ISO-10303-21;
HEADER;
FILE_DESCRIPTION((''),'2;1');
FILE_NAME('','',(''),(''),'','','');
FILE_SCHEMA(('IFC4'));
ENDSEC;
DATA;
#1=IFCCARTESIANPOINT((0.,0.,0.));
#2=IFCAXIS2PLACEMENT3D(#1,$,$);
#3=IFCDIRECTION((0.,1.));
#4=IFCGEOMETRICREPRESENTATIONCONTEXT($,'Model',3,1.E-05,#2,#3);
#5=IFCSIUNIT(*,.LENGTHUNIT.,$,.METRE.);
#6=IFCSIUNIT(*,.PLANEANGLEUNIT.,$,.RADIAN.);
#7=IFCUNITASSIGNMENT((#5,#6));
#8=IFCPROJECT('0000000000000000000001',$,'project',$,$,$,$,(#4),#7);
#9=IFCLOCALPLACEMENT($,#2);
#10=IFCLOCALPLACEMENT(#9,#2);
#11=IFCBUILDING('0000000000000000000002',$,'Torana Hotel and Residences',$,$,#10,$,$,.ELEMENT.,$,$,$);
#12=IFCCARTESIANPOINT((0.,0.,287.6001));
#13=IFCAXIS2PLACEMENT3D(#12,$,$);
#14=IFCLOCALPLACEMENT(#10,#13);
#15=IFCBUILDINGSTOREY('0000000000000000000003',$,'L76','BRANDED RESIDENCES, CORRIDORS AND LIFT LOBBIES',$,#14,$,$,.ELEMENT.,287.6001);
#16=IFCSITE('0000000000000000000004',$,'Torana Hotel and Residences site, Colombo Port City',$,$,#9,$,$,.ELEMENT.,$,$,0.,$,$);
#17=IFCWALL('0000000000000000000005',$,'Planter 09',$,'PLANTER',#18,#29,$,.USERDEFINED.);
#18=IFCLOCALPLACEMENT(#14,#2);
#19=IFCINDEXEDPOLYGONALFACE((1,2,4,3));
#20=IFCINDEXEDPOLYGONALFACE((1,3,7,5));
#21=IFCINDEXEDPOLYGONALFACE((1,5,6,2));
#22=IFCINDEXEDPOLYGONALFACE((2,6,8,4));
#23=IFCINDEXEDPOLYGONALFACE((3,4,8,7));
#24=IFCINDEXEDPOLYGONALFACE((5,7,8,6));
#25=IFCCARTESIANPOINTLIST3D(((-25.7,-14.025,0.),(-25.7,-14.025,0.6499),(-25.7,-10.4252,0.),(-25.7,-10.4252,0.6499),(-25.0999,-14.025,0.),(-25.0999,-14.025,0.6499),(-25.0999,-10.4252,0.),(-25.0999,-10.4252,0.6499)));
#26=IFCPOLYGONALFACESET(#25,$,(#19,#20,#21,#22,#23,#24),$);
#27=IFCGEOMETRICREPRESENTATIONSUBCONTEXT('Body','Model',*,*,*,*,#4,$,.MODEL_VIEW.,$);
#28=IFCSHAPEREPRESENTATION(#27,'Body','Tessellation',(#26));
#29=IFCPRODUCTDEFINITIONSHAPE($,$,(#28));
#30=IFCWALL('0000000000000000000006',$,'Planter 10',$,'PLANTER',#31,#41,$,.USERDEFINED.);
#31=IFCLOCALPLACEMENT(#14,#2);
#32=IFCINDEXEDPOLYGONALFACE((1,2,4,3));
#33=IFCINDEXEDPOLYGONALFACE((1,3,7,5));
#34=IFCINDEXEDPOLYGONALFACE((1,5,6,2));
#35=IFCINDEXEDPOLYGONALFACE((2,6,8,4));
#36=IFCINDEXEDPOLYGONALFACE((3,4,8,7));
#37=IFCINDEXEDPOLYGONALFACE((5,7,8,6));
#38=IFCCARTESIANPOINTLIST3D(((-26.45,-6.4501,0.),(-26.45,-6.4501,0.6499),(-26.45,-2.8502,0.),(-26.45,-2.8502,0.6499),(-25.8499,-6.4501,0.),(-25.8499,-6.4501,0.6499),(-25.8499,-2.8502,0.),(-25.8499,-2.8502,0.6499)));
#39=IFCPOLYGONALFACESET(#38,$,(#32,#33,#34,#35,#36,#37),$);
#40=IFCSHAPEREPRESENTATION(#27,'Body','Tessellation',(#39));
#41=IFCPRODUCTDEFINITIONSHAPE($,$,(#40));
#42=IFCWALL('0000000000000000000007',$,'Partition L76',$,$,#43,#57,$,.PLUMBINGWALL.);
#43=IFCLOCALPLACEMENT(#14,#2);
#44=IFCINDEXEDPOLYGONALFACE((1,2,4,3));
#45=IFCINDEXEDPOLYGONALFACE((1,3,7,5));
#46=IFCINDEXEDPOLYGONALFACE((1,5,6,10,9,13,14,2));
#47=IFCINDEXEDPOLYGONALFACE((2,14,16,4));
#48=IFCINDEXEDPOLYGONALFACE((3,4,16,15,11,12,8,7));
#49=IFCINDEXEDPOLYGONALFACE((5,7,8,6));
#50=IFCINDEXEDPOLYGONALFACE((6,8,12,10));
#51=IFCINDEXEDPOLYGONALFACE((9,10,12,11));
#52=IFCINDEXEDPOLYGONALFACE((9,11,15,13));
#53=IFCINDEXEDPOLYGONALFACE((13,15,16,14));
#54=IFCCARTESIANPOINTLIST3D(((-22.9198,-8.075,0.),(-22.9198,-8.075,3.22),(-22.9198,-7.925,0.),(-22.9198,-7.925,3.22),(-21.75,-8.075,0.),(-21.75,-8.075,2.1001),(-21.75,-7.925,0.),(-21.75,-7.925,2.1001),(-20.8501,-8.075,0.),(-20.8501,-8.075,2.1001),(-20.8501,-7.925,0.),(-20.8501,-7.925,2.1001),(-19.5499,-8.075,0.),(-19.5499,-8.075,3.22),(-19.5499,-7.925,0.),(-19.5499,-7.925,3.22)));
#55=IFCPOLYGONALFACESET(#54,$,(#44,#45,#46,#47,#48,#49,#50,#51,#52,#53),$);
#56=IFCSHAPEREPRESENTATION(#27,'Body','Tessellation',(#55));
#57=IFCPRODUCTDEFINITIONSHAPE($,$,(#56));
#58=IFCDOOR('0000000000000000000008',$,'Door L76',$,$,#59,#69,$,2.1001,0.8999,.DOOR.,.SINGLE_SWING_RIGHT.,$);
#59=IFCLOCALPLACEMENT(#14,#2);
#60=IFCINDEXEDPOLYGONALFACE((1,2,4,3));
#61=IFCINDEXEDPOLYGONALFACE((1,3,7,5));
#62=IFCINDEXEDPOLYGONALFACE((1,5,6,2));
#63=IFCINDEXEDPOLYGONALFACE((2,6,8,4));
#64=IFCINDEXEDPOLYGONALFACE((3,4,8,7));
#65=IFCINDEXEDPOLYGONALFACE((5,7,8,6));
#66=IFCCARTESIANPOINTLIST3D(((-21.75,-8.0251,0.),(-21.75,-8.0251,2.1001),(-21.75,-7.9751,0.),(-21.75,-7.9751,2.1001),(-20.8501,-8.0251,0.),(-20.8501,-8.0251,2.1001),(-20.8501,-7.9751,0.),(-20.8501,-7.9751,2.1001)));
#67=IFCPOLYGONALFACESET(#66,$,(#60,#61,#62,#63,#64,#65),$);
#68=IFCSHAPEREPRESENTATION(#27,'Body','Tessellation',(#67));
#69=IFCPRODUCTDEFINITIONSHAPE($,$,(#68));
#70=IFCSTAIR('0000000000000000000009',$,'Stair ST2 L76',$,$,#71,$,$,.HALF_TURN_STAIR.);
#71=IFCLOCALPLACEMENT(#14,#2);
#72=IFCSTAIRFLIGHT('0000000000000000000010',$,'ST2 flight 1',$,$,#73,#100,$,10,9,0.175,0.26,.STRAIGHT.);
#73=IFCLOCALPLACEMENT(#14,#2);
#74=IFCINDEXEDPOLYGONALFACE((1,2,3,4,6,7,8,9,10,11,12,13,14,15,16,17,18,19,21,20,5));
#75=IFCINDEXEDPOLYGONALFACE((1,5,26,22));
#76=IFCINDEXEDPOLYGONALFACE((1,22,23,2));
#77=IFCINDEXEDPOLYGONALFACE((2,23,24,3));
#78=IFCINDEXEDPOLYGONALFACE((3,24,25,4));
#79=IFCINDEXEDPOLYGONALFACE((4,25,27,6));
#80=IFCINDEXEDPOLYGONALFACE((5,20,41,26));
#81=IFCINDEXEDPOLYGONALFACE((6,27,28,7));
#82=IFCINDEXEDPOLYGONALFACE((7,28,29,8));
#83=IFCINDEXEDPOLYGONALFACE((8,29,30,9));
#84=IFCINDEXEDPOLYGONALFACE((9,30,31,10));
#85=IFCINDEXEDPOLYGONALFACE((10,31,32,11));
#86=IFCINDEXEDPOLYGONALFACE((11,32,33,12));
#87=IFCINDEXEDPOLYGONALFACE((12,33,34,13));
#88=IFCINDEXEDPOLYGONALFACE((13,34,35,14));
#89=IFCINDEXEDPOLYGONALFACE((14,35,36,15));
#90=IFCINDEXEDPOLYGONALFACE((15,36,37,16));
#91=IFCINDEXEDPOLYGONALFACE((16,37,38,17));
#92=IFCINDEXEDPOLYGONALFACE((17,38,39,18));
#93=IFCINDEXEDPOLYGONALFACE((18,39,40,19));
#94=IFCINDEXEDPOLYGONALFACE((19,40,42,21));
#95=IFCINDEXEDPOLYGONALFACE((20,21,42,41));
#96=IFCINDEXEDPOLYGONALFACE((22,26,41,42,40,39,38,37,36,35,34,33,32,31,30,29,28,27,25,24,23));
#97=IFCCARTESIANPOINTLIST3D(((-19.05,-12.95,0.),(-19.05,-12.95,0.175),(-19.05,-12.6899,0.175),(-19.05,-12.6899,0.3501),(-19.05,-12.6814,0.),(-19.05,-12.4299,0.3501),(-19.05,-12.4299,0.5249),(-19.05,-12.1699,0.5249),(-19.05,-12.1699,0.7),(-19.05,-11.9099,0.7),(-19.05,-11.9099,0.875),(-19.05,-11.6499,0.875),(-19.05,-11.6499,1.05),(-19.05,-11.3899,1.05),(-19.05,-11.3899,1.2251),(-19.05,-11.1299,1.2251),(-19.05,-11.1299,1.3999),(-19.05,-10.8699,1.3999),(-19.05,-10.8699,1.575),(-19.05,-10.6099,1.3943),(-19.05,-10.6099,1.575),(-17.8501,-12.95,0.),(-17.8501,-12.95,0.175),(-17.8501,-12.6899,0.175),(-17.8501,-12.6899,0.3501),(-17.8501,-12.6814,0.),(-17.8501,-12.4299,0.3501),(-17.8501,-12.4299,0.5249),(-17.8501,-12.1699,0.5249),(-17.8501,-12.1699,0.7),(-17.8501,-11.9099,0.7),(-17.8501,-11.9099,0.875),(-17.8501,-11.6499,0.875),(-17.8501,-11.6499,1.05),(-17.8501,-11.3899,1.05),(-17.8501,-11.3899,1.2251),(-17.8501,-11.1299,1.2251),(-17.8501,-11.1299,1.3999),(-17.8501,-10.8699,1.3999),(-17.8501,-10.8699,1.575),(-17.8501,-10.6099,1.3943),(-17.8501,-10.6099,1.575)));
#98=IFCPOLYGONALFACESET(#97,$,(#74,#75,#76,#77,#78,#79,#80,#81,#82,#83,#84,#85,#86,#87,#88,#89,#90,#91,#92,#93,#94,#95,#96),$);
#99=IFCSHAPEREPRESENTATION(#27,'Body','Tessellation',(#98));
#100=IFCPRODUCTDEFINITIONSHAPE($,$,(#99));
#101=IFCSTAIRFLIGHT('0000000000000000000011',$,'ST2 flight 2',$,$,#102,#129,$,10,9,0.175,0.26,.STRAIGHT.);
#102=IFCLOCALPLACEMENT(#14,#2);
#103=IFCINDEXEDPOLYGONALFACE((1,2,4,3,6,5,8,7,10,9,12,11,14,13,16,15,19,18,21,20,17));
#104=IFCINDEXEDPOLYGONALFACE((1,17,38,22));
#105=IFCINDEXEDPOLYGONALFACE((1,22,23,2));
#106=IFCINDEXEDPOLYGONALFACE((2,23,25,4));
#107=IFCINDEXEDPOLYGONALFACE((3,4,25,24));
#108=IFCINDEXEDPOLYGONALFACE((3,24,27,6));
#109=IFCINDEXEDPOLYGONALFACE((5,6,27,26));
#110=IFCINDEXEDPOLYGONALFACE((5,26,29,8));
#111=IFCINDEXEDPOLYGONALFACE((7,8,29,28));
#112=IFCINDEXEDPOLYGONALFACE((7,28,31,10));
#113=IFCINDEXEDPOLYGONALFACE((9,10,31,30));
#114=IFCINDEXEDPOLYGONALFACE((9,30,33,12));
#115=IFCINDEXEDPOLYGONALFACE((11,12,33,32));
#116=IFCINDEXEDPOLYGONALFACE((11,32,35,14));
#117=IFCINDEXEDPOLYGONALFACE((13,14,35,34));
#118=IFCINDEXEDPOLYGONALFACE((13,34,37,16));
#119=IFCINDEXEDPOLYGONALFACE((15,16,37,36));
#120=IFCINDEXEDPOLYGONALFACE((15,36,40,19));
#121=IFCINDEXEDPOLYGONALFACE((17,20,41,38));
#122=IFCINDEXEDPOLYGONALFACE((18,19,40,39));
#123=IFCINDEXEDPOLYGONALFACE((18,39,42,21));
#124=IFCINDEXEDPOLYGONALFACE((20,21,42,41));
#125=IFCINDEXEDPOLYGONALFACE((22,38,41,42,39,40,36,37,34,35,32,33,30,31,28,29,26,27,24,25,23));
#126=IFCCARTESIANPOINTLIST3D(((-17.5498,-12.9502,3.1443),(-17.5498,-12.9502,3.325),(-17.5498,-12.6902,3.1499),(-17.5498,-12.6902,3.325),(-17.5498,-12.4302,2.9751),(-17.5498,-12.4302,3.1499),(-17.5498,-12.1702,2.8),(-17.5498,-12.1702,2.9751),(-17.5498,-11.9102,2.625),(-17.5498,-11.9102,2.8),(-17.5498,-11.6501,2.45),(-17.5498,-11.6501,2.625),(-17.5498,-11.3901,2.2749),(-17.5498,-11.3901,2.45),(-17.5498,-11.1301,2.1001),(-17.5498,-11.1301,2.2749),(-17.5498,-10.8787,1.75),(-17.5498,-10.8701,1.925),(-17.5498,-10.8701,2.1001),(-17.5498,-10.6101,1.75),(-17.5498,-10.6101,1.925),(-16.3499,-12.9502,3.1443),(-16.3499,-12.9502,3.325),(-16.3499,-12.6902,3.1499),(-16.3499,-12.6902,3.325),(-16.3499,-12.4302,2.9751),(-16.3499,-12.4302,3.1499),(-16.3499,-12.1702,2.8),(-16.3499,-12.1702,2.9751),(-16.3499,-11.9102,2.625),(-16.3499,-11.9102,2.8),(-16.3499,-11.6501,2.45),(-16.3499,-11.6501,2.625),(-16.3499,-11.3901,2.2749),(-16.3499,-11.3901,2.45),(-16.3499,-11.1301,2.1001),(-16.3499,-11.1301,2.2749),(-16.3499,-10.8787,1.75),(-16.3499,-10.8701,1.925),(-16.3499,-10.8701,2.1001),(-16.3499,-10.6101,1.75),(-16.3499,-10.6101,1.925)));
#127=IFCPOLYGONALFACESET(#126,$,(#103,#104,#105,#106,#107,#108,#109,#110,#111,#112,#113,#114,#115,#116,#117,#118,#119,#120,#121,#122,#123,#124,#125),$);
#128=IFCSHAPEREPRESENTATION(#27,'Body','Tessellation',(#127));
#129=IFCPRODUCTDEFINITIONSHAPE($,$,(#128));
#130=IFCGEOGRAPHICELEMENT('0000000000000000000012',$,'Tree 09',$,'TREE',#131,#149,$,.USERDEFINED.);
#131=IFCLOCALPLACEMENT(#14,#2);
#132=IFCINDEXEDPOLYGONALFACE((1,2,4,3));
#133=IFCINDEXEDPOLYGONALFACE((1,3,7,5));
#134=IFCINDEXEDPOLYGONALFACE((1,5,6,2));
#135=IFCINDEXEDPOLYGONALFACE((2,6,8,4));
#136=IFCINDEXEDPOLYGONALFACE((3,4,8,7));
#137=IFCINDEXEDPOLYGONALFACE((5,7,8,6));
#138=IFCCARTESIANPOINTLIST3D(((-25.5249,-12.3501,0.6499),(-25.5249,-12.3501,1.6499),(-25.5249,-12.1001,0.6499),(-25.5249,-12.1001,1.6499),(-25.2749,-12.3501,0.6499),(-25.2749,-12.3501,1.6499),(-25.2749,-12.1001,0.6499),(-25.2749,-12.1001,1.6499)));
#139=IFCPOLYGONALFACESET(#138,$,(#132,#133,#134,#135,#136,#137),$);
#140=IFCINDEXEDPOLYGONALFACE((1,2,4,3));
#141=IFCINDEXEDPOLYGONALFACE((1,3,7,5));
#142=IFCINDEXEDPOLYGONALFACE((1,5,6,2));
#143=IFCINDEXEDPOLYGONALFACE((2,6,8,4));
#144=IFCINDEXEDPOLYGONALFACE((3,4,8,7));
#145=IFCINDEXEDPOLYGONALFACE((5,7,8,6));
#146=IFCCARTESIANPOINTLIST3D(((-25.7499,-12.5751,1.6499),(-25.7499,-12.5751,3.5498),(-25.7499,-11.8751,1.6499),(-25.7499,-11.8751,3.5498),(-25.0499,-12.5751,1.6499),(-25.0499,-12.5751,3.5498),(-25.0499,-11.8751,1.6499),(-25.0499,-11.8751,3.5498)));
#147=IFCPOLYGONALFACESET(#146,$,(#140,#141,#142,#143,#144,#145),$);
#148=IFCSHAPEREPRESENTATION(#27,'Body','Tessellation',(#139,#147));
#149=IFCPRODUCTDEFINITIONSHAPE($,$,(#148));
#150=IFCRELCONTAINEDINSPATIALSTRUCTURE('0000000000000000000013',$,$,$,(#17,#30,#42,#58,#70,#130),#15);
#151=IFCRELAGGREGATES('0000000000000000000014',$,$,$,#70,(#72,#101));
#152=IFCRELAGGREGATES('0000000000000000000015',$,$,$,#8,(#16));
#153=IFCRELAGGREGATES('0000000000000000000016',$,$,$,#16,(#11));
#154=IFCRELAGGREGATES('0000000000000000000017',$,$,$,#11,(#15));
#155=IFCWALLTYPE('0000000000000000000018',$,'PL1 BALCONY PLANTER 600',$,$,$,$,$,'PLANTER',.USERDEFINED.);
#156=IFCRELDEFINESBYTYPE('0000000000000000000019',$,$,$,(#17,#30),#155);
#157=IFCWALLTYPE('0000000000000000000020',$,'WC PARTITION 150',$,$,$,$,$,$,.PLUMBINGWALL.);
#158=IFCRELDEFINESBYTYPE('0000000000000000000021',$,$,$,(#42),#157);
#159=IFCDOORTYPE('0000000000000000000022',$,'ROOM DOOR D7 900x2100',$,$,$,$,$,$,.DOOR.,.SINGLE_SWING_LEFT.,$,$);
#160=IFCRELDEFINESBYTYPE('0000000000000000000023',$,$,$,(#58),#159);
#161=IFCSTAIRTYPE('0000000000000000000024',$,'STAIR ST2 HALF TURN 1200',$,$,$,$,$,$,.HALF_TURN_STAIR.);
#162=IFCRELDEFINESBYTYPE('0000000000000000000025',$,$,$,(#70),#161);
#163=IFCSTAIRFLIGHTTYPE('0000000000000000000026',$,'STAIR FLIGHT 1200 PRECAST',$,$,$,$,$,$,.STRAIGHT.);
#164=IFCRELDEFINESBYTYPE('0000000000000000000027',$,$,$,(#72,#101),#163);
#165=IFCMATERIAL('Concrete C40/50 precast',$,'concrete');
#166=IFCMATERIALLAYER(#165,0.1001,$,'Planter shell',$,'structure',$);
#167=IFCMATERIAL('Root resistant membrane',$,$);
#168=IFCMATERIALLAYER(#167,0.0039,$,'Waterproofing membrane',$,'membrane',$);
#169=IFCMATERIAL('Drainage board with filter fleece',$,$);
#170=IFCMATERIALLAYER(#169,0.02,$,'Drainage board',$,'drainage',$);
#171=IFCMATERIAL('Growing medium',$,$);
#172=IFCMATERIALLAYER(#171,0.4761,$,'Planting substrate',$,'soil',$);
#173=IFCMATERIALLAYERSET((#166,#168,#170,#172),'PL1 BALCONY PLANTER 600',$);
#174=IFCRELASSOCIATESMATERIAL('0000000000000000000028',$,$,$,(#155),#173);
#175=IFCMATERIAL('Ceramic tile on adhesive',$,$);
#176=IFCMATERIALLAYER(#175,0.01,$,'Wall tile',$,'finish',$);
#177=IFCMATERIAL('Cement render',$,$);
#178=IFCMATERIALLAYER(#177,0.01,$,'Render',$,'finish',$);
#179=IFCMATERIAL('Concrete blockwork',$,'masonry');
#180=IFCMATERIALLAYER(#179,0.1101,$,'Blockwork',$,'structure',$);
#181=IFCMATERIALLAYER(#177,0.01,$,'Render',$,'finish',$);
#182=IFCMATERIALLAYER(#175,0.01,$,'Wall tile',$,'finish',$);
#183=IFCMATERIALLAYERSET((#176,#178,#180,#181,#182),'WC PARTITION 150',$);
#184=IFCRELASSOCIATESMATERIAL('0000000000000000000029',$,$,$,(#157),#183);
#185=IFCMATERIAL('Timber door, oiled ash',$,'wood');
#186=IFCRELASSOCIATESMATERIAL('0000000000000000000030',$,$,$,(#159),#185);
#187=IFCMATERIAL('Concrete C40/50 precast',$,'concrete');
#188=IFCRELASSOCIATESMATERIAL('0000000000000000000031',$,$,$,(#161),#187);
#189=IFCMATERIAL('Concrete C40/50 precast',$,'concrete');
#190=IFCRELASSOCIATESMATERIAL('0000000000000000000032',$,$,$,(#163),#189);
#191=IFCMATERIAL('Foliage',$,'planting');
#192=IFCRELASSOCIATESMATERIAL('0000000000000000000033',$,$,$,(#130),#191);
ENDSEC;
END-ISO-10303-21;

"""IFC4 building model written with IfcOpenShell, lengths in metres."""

from ifc_helpers import new_model, si_unit, direction, frame, frame_2d, origin, origin_2d, place, context, subcontext, project, spatial, polyline, rectangle, outline, extrude, material, layer, layer_set, type_object, element, fill, aggregate, save


model = new_model("IFC4")

# Units and contexts
model_context = context("Model", 3, precision=1e-05, world=origin(), true_north=direction((0.0, 1.0)))
body_context = subcontext(model_context, "Body", "Model", "MODEL_VIEW")
ifc_project = project(units=[si_unit("LENGTHUNIT", "METRE"), si_unit("PLANEANGLEUNIT", "RADIAN")], contexts=[model_context])

# Site, building, storey
site_placement = place(None, origin())
site = spatial("IfcSite", under=ifc_project, at=site_placement, Name="Torana Hotel and Residences site, Colombo Port City", CompositionType="ELEMENT", RefElevation=0.0)
building_placement = place(site_placement, origin())
building = spatial("IfcBuilding", under=site, at=building_placement, Name="Torana Hotel and Residences", CompositionType="ELEMENT")
storey_placement = place(building_placement, frame((0.0, 0.0, 287.6001)))
storey = spatial("IfcBuildingStorey", under=building, at=storey_placement, Name="L76", Description="BRANDED RESIDENCES, CORRIDORS AND LIFT LOBBIES", CompositionType="ELEMENT", Elevation=287.6001)

# Walls
ifc_material_1 = material(Name="Concrete C40/50 precast", Category="concrete")
ifc_layer_1 = layer(ifc_material_1, 0.1001, Name="Planter shell", Category="structure")
ifc_material_2 = material(Name="Root resistant membrane")
ifc_layer_2 = layer(ifc_material_2, 0.0039, Name="Waterproofing membrane", Category="membrane")
ifc_material_3 = material(Name="Drainage board with filter fleece")
ifc_layer_3 = layer(ifc_material_3, 0.02, Name="Drainage board", Category="drainage")
ifc_material_4 = material(Name="Growing medium")
ifc_layer_4 = layer(ifc_material_4, 0.4761, Name="Planting substrate", Category="soil")
ifc_layer_set_1 = layer_set([ifc_layer_1, ifc_layer_2, ifc_layer_3, ifc_layer_4], Name="PL1 BALCONY PLANTER 600")
wall_type_1 = type_object("IfcWallType", Name="PL1 BALCONY PLANTER 600", ElementType="PLANTER", PredefinedType="USERDEFINED", material=ifc_layer_set_1)
for number, where, z_axis, x_axis, name in (
    (1, (-25.3999, -14.0249, 0.0), (0.0, 0.0, 1.0), (0.0, 1.0, 0.0), "Planter 09"),
    (2, (-26.1499, -6.45, 0.0), (0.0, 0.0, 1.0), (0.0, 1.0, 0.0), "Planter 10"),
):
    element("IfcWall", number, at=place(storey_placement, frame(where, z_axis=z_axis, x_axis=x_axis)), inside=storey, type_object=wall_type_1, Name=name, ObjectType="PLANTER", PredefinedType="USERDEFINED", context=body_context, shape_type="SweptSolid", body=[
        extrude(rectangle(XDim=3.5999, YDim=0.6001, at=frame_2d((1.7998, 0.0))), origin(), (0.0, 0.0, 1.0), 0.6499),
    ])

# Wall, opening, door
ifc_material_5 = material(Name="Ceramic tile on adhesive")
ifc_layer_5 = layer(ifc_material_5, 0.01, Name="Wall tile", Category="finish")
ifc_material_6 = material(Name="Cement render")
ifc_layer_6 = layer(ifc_material_6, 0.01, Name="Render", Category="finish")
ifc_material_7 = material(Name="Concrete blockwork", Category="masonry")
ifc_layer_7 = layer(ifc_material_7, 0.1101, Name="Blockwork", Category="structure")
ifc_layer_8 = layer(ifc_material_6, 0.01, Name="Render", Category="finish")
ifc_layer_9 = layer(ifc_material_5, 0.01, Name="Wall tile", Category="finish")
ifc_layer_set_2 = layer_set([ifc_layer_5, ifc_layer_6, ifc_layer_7, ifc_layer_8, ifc_layer_9], Name="WC PARTITION 150")
wall_type_2 = type_object("IfcWallType", Name="WC PARTITION 150", PredefinedType="PLUMBINGWALL", material=ifc_layer_set_2)
wall_1_placement = place(storey_placement, frame((-22.9199, -8.0, 0.0), z_axis=(0.0, 0.0, 1.0), x_axis=(1.0, 0.0, 0.0)))
wall_1 = element("IfcWall", 3, at=wall_1_placement, inside=storey, type_object=wall_type_2, Name="Partition L76", PredefinedType="PLUMBINGWALL", context=body_context, shape_type="SweptSolid", body=[
    extrude(rectangle(XDim=3.3699, YDim=0.1499, at=frame_2d((1.6851, 0.0))), origin(), (0.0, 0.0, 1.0), 3.22),
])
opening_1_placement = place(wall_1_placement, frame((1.1699, 0.0, 0.0)))
opening_1 = element("IfcOpeningElement", 4, at=opening_1_placement, cuts=wall_1, PredefinedType="OPENING", context=body_context, shape_type="SweptSolid", body=[
    extrude(rectangle(XDim=0.8999, YDim=2.1001, at=frame_2d((0.45, 1.05))), frame((0.0, 0.085, 0.0), z_axis=(0.0, -1.0, 0.0), x_axis=(1.0, 0.0, 0.0)), (0.0, 0.0, 1.0), 0.1699),
])
ifc_material_8 = material(Name="Timber door, oiled ash", Category="wood")
door_type_1 = type_object("IfcDoorType", Name="ROOM DOOR D7 900x2100", OperationType="SINGLE_SWING_LEFT", PredefinedType="DOOR", material=ifc_material_8)
door_1_placement = place(opening_1_placement, origin())
door_1 = element("IfcDoor", 5, at=door_1_placement, inside=storey, type_object=door_type_1, Name="Door L76", OperationType="SINGLE_SWING_RIGHT", OverallHeight=2.1001, OverallWidth=0.8999, PredefinedType="DOOR", context=body_context, shape_type="SweptSolid", body=[
    extrude(rectangle(XDim=0.8999, YDim=2.1001, at=frame_2d((0.45, 1.05))), frame((0.0, 0.0249, 0.0), z_axis=(0.0, -1.0, 0.0), x_axis=(1.0, 0.0, 0.0)), (0.0, 0.0, 1.0), 0.05),
])
fill(opening_1, door_1)

# Stair, stair flights
ifc_material_9 = material(Name="Concrete C40/50 precast", Category="concrete")
stair_type = type_object("IfcStairType", Name="STAIR ST2 HALF TURN 1200", PredefinedType="HALF_TURN_STAIR", material=ifc_material_9)
stair_placement = place(storey_placement, origin())
stair = element("IfcStair", 6, at=stair_placement, inside=storey, type_object=stair_type, Name="Stair ST2 L76", PredefinedType="HALF_TURN_STAIR")
ifc_material_10 = material(Name="Concrete C40/50 precast", Category="concrete")
stair_flight_type = type_object("IfcStairFlightType", Name="STAIR FLIGHT 1200 PRECAST", PredefinedType="STRAIGHT", material=ifc_material_10)
stair_flight_1_placement = place(storey_placement, frame((-18.45, -12.95, 0.0), z_axis=(0.0, 0.0, 1.0), x_axis=(0.0, 1.0, 0.0)))
stair_flight_1 = element("IfcStairFlight", 7, at=stair_flight_1_placement, type_object=stair_flight_type, Name="ST2 flight 1", NumberOfRisers=10, NumberOfTreads=9, PredefinedType="STRAIGHT", RiserHeight=0.175, TreadLength=0.26, context=body_context, shape_type="SweptSolid", body=[
    extrude(outline(polyline([(0.0, 0.0), (0.0, 0.175), (0.26, 0.175), (0.26, 0.3501), (0.52, 0.3501), (0.52, 0.5249), (0.78, 0.5249), (0.78, 0.7), (1.04, 0.7), (1.04, 0.875), (1.3, 0.875), (1.3, 1.05), (1.5601, 1.05), (1.5601, 1.2251), (1.8201, 1.2251), (1.8201, 1.3999), (2.0801, 1.3999), (2.0801, 1.575), (2.3401, 1.575), (2.3401, 1.75), (2.3401, 1.3943), (0.2686, 0.0), (0.0, 0.0)])), frame((0.0, 0.6001, 0.0), z_axis=(0.0, -1.0, 0.0), x_axis=(1.0, 0.0, 0.0)), (0.0, 0.0, 1.0), 1.2),
])
stair_flight_2_placement = place(storey_placement, frame((-16.95, -10.6101, 1.75), z_axis=(0.0, 0.0, 1.0), x_axis=(0.0, -1.0, 0.0)))
stair_flight_2 = element("IfcStairFlight", 8, at=stair_flight_2_placement, type_object=stair_flight_type, Name="ST2 flight 2", NumberOfRisers=10, NumberOfTreads=9, PredefinedType="STRAIGHT", RiserHeight=0.175, TreadLength=0.26, context=body_context, shape_type="SweptSolid", body=[
    extrude(outline(polyline([(0.0, 0.0), (0.0, 0.175), (0.26, 0.175), (0.26, 0.3501), (0.52, 0.3501), (0.52, 0.5249), (0.78, 0.5249), (0.78, 0.7), (1.04, 0.7), (1.04, 0.875), (1.3, 0.875), (1.3, 1.05), (1.5601, 1.05), (1.5601, 1.2251), (1.8201, 1.2251), (1.8201, 1.3999), (2.0801, 1.3999), (2.0801, 1.575), (2.3401, 1.575), (2.3401, 1.75), (2.3401, 1.3943), (0.2686, 0.0), (0.0, 0.0)])), frame((0.0, 0.6001, 0.0), z_axis=(0.0, -1.0, 0.0), x_axis=(1.0, 0.0, 0.0)), (0.0, 0.0, 1.0), 1.2),
])
aggregate(stair, [stair_flight_1, stair_flight_2])

# Geographic element
ifc_material_11 = material(Name="Foliage", Category="planting")
geographic_element_placement = place(storey_placement, frame((-25.3999, -12.2251, 0.6499), z_axis=(0.0, 0.0, 1.0), x_axis=(1.0, 0.0, 0.0)))
element("IfcGeographicElement", 9, at=geographic_element_placement, inside=storey, material=ifc_material_11, Name="Tree 09", ObjectType="TREE", PredefinedType="USERDEFINED", context=body_context, shape_type="SweptSolid", body=[
    extrude(rectangle(XDim=0.25, YDim=0.25, at=origin_2d()), origin(), (0.0, 0.0, 1.0), 1.0),
    extrude(rectangle(XDim=0.7, YDim=0.7, at=origin_2d()), frame((0.0, 0.0, 1.0)), (0.0, 0.0, 1.0), 1.8999),
])

save(model, "model.ifc")
